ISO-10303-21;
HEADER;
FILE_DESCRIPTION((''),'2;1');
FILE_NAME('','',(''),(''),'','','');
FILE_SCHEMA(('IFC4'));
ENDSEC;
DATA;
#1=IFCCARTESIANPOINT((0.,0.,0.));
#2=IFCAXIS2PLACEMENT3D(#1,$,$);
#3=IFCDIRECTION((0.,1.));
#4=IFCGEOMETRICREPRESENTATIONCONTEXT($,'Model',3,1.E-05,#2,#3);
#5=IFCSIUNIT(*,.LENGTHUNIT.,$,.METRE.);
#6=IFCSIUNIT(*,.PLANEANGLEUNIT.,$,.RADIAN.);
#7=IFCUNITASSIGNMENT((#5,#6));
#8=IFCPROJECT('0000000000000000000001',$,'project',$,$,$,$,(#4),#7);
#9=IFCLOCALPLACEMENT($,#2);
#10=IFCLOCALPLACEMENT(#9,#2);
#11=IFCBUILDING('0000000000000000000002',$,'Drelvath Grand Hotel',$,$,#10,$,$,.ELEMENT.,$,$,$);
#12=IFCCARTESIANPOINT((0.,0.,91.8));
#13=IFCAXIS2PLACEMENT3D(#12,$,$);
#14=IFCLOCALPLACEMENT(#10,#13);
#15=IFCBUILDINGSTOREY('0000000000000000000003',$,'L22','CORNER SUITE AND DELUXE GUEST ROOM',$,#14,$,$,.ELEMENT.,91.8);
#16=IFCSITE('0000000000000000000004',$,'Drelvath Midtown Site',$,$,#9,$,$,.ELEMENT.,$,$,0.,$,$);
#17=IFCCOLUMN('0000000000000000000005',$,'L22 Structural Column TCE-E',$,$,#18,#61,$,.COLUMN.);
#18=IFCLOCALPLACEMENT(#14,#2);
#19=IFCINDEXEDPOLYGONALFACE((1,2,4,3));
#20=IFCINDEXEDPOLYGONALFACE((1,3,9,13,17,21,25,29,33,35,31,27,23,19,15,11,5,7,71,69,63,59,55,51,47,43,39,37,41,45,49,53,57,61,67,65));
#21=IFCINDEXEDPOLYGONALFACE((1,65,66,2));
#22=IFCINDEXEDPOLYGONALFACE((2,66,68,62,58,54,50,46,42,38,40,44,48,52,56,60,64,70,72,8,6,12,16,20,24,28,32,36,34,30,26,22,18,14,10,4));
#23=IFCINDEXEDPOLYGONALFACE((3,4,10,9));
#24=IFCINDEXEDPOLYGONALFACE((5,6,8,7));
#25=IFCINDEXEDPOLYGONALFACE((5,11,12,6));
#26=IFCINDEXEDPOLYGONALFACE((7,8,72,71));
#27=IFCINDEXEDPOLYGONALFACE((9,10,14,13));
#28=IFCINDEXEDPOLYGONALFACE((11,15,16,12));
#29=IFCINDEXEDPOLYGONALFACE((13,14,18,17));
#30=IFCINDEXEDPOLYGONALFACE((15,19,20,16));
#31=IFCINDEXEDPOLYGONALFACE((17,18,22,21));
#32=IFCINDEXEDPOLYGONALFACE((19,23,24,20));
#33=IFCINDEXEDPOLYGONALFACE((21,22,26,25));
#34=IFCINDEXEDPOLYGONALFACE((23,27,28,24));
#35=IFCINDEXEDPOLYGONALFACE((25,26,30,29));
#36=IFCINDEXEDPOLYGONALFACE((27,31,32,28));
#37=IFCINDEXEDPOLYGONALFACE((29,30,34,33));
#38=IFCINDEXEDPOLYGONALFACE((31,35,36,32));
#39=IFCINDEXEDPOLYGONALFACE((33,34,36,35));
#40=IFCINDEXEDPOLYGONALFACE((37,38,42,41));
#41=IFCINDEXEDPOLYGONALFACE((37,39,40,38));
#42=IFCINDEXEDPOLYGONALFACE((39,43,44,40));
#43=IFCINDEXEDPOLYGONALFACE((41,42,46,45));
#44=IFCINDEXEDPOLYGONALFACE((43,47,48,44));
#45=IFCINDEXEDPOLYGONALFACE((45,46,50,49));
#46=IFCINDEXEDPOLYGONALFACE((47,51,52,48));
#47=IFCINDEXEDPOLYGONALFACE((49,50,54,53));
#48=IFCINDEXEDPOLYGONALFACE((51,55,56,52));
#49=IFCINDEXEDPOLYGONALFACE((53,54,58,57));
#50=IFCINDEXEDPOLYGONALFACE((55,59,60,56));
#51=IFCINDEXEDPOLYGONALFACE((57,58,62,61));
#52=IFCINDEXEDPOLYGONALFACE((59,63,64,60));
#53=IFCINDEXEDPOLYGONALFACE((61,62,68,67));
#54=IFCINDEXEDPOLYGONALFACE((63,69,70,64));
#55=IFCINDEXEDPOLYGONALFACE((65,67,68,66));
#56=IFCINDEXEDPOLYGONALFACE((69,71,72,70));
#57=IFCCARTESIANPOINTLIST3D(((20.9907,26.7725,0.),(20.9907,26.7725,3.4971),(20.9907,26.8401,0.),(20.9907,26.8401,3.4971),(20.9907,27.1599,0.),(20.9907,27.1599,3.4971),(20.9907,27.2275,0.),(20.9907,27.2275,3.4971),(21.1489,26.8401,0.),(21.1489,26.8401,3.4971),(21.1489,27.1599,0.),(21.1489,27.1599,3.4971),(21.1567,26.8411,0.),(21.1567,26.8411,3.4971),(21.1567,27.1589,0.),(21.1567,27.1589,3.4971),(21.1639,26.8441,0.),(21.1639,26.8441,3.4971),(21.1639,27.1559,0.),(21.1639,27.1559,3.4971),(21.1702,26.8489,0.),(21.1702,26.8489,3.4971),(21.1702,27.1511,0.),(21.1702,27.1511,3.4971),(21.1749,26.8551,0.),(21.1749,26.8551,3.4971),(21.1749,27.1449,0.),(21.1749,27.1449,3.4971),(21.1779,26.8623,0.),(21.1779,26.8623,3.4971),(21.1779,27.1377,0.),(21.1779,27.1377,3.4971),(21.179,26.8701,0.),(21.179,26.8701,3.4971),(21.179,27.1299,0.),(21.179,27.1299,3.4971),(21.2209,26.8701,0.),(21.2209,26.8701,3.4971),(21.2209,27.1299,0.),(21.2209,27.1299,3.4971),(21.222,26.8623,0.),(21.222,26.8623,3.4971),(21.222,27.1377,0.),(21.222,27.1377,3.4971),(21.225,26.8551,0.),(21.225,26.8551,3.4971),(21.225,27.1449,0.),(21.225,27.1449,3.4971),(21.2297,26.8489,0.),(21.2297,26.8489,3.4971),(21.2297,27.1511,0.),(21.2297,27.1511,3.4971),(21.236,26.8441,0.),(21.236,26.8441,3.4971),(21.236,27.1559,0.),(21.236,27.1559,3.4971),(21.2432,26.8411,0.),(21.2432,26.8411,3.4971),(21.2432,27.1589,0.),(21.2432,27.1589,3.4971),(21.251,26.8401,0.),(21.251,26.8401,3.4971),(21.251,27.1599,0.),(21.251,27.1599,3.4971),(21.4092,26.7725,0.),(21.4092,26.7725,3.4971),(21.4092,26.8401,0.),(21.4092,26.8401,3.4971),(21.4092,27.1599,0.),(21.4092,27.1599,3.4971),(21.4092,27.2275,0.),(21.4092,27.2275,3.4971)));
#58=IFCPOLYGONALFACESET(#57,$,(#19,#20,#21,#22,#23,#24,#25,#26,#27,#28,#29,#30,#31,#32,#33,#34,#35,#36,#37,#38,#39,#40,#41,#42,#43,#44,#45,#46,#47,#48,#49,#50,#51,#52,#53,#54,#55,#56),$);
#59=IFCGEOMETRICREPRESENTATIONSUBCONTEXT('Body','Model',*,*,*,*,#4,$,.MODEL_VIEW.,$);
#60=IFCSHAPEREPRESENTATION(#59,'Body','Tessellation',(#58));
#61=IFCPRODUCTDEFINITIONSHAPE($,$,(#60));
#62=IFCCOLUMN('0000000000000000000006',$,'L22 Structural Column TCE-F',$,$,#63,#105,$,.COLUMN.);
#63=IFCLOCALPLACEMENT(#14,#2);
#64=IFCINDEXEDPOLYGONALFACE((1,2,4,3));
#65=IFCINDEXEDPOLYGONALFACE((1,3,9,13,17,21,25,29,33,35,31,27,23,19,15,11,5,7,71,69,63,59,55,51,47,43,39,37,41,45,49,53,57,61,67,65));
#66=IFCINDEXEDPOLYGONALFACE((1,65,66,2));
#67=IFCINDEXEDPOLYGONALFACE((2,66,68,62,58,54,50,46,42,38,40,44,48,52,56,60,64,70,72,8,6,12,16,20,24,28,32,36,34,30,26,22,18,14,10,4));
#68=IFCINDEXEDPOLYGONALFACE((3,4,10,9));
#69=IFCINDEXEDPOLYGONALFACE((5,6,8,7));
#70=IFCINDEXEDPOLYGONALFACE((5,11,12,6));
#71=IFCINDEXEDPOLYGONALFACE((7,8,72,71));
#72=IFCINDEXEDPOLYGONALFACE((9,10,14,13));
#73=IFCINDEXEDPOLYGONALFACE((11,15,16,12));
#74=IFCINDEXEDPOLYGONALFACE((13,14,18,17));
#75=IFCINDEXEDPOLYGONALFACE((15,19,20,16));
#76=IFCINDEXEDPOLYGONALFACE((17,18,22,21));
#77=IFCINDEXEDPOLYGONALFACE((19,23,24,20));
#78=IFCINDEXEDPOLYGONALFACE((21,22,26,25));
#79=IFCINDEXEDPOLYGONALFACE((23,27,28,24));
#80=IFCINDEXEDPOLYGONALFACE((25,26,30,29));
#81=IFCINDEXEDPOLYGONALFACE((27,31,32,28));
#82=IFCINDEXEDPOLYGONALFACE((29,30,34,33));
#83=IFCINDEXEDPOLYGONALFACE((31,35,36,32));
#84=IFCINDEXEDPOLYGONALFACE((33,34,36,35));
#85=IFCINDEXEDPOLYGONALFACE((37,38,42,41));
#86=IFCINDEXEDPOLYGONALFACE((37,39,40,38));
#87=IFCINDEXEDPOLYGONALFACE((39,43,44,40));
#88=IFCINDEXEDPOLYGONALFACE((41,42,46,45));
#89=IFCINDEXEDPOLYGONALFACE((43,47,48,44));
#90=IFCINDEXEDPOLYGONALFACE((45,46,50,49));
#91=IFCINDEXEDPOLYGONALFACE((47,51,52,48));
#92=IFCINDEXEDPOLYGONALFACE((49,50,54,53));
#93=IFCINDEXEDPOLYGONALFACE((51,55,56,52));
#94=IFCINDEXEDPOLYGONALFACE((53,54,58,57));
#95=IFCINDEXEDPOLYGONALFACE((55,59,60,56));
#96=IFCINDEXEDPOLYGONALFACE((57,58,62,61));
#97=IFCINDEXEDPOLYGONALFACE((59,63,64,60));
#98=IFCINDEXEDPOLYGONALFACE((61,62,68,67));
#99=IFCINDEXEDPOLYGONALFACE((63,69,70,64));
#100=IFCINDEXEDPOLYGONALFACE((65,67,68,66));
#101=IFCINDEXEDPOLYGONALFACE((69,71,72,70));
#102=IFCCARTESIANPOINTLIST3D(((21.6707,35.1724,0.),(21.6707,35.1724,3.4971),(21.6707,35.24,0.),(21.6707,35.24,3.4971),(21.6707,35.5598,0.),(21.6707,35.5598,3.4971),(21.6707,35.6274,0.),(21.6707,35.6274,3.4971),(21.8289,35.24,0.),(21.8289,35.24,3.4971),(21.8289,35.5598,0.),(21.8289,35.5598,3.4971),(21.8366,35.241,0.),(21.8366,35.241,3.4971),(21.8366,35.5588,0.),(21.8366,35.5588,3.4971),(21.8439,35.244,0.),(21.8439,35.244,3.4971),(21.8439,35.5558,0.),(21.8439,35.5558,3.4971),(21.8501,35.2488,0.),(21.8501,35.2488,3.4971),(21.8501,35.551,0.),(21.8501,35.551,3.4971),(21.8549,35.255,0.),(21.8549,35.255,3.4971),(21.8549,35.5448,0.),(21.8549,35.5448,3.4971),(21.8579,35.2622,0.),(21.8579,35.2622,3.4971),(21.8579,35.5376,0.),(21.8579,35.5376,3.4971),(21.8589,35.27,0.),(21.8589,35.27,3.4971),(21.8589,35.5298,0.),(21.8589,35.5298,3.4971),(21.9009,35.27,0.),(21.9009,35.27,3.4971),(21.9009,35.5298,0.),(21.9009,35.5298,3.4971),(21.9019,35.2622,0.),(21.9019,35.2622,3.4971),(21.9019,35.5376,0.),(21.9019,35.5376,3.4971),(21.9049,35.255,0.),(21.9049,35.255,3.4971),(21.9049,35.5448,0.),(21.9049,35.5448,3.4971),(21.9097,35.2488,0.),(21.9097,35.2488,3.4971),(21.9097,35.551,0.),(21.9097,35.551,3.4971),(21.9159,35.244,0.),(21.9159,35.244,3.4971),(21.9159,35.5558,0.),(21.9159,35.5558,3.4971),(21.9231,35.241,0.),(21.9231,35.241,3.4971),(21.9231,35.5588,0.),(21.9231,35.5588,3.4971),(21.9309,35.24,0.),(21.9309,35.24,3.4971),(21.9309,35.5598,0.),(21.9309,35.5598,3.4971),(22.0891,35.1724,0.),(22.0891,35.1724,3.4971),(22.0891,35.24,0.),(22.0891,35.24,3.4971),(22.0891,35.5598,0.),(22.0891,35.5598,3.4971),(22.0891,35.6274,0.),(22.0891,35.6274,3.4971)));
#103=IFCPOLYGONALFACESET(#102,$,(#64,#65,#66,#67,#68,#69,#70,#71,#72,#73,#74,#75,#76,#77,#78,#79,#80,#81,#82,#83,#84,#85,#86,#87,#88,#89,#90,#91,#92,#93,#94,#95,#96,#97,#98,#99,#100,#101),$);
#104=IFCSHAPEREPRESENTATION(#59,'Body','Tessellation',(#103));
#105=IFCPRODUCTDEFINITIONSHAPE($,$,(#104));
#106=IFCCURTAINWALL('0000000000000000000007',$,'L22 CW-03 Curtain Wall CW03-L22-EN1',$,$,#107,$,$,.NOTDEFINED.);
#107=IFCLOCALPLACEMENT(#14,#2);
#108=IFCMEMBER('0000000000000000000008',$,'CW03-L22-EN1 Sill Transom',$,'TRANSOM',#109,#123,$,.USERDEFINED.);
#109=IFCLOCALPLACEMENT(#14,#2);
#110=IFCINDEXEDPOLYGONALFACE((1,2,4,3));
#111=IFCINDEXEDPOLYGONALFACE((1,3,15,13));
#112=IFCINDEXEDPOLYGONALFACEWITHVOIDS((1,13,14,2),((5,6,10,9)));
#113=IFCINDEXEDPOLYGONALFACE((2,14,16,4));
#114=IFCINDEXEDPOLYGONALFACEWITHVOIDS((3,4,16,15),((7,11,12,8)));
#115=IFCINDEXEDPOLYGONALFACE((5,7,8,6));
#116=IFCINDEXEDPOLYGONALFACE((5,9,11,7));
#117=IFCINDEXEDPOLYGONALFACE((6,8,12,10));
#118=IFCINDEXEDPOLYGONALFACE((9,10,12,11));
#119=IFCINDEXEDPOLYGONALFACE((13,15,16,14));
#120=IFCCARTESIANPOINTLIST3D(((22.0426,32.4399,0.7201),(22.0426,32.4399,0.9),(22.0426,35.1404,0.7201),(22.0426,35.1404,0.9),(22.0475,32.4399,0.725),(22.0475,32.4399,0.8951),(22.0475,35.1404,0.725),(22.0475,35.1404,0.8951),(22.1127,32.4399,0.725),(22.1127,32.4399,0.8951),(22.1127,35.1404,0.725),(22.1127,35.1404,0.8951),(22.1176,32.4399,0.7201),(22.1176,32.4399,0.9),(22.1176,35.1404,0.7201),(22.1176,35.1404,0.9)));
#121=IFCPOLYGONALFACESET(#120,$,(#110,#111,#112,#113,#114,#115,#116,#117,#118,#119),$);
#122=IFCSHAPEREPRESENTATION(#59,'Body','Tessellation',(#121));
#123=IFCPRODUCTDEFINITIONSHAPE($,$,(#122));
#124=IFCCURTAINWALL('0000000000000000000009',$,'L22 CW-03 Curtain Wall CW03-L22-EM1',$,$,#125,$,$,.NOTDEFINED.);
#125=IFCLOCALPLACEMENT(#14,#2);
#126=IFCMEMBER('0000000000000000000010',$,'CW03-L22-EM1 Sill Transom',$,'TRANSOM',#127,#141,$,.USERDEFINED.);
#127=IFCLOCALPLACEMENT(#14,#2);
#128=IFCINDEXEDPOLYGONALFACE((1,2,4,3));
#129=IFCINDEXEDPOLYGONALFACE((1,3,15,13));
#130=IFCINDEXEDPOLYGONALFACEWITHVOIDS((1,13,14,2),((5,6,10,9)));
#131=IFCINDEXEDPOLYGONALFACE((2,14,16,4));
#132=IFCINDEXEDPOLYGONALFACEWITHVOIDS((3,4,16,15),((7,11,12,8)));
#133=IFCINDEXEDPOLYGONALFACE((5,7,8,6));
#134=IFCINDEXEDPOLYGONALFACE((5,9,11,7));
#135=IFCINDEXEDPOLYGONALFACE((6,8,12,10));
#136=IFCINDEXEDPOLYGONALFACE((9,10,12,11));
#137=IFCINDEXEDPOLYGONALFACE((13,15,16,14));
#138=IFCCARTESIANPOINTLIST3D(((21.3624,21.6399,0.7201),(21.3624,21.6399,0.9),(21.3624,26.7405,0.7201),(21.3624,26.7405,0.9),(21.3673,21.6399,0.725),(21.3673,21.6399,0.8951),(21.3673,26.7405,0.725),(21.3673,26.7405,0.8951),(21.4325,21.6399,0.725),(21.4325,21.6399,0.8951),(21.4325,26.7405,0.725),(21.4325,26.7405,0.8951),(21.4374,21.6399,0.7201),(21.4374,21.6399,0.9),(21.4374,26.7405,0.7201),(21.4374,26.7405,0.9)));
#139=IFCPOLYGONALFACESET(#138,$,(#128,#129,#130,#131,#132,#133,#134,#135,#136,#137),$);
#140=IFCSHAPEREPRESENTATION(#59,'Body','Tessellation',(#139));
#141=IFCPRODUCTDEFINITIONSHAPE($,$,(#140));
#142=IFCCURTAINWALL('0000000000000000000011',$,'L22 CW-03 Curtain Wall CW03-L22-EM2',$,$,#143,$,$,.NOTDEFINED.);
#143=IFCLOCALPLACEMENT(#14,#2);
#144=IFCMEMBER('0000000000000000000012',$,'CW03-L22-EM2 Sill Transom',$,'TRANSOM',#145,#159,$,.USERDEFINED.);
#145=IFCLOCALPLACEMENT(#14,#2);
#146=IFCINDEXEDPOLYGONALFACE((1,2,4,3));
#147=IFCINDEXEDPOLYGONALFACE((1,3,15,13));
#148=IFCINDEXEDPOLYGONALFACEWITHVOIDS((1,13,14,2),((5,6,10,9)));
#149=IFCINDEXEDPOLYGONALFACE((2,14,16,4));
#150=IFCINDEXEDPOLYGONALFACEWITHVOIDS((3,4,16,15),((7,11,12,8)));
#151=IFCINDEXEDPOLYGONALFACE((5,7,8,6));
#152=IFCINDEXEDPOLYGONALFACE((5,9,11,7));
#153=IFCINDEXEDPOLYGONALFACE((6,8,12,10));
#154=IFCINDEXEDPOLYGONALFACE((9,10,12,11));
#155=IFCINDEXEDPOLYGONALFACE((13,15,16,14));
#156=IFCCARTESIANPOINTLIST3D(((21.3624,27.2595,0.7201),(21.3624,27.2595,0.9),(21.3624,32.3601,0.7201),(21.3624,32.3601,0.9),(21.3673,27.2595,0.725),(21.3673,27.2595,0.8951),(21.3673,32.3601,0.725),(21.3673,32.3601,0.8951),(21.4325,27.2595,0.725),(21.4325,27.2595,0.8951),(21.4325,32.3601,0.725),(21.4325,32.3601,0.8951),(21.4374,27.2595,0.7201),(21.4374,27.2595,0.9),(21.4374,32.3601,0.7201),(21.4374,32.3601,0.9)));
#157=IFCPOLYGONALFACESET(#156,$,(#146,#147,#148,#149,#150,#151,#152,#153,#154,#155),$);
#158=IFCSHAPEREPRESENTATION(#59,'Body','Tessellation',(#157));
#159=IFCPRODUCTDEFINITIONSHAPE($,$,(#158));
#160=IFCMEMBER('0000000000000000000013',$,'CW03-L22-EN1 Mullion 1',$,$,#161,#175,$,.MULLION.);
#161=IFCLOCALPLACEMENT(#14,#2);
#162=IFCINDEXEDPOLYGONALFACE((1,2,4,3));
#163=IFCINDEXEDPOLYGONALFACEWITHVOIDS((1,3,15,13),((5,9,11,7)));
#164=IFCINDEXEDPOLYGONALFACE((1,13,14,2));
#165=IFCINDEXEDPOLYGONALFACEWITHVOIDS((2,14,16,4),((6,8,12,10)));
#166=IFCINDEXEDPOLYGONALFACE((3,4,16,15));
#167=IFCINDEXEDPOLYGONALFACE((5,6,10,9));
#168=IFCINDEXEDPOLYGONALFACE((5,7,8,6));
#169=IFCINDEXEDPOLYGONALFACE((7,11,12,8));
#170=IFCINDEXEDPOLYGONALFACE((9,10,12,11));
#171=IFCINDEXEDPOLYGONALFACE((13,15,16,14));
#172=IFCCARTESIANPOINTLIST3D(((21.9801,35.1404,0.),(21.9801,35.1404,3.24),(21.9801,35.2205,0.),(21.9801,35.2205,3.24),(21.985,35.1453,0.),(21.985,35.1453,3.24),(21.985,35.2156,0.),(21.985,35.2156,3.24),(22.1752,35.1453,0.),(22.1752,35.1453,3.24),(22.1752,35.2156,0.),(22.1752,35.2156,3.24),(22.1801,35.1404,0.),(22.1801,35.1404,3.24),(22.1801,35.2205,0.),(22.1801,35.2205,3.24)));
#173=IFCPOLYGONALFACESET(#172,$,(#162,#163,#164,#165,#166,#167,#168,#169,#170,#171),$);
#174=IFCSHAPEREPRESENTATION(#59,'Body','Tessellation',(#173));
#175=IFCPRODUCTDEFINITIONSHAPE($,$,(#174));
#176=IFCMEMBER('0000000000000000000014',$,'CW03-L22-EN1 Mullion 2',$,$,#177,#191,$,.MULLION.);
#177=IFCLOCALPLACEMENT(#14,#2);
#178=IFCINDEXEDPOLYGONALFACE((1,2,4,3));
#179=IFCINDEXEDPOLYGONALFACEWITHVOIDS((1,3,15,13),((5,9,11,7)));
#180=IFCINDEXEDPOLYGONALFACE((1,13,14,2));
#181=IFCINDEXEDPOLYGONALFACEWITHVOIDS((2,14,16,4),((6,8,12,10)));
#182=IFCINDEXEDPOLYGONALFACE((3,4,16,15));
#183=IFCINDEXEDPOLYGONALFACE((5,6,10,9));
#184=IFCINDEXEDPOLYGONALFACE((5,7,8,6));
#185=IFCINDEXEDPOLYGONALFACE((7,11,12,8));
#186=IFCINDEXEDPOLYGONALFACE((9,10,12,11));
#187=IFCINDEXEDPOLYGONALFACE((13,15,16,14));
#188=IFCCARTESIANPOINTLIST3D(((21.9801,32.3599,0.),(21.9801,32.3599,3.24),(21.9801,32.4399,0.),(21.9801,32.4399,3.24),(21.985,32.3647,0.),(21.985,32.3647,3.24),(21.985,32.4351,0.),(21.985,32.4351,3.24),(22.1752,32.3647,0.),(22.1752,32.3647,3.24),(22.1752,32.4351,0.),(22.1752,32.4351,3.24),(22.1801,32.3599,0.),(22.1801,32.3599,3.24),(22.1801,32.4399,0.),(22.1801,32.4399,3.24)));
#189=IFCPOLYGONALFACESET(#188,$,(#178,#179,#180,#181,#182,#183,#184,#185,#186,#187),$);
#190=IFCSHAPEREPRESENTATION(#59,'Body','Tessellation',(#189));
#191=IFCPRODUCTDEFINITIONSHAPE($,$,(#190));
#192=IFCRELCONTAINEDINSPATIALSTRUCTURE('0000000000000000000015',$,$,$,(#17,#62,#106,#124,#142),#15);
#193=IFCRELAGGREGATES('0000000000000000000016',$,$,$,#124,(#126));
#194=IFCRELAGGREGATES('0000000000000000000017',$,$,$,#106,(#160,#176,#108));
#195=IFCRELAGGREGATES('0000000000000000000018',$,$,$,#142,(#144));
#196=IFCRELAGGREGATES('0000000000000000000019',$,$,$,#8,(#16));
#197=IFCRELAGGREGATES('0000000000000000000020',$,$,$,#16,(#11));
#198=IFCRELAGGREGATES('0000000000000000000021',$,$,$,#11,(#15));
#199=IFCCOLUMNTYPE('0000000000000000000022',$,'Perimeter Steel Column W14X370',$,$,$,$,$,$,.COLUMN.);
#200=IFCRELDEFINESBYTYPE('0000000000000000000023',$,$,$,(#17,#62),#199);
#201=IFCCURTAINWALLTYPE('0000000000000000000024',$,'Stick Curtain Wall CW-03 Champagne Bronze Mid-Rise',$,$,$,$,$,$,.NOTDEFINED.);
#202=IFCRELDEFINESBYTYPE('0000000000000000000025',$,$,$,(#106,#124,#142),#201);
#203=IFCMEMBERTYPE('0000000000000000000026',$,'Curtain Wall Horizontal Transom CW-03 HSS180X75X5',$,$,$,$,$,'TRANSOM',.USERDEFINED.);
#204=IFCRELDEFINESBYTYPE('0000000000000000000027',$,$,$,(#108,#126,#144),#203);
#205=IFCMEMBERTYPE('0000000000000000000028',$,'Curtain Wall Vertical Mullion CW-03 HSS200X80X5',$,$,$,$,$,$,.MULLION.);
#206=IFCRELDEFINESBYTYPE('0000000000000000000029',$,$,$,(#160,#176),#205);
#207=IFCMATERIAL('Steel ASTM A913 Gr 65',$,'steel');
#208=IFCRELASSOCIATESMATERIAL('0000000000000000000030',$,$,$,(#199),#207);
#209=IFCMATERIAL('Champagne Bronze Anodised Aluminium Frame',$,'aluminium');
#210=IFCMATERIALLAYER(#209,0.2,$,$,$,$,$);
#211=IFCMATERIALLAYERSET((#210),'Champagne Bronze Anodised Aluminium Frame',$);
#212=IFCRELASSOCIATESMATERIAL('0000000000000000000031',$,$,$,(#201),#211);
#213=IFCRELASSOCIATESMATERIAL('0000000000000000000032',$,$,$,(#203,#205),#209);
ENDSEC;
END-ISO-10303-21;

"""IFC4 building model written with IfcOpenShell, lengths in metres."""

from ifc_helpers import new_model, si_unit, direction, frame, origin, origin_2d, place, context, subcontext, project, spatial, hollow_rectangle, i_section, extrude, material, layer, layer_set, material_profile, profile_set, type_object, element, aggregate, save


model = new_model("IFC4")

# Units and contexts
model_context = context("Model", 3, precision=1e-05, world=origin(), true_north=direction((0.0, 1.0)))
body_context = subcontext(model_context, "Body", "Model", "MODEL_VIEW")
ifc_project = project(units=[si_unit("LENGTHUNIT", "METRE"), si_unit("PLANEANGLEUNIT", "RADIAN")], contexts=[model_context])

# Site, building, storey
site_placement = place(None, origin())
site = spatial("IfcSite", under=ifc_project, at=site_placement, Name="Drelvath Midtown Site", CompositionType="ELEMENT", RefElevation=0.0)
building_placement = place(site_placement, origin())
building = spatial("IfcBuilding", under=site, at=building_placement, Name="Drelvath Grand Hotel", CompositionType="ELEMENT")
storey_placement = place(building_placement, frame((0.0, 0.0, 91.8)))
storey = spatial("IfcBuildingStorey", under=building, at=storey_placement, Name="L22", Description="CORNER SUITE AND DELUXE GUEST ROOM", CompositionType="ELEMENT", Elevation=91.8)

# Columns
ifc_material_1 = material(Name="Steel ASTM A913 Gr 65", Category="steel")
ifc_material_profile_1 = material_profile(ifc_material_1, i_section(OverallWidth=0.4185, OverallDepth=0.4551, WebThickness=0.042, FlangeThickness=0.0676, FilletRadius=0.03, at=origin_2d()), Name="W14X370")
ifc_profile_set_1 = profile_set([ifc_material_profile_1], Name="Steel ASTM A913 Gr 65")
column_type = type_object("IfcColumnType", Name="Perimeter Steel Column W14X370", PredefinedType="COLUMN", material=ifc_profile_set_1)
for number, where, z_axis, x_axis, name in (
    (1, (21.2, 27.0, 0.0), (0.0, 0.0, 1.0), (1.0, 0.0, 0.0), "L22 Structural Column TCE-E"),
    (2, (21.8799, 35.3999, 0.0), (0.0, 0.0, 1.0), (1.0, 0.0, 0.0), "L22 Structural Column TCE-F"),
):
    element("IfcColumn", number, at=place(storey_placement, frame(where, z_axis=z_axis, x_axis=x_axis)), inside=storey, type_object=column_type, Name=name, PredefinedType="COLUMN", context=body_context, shape_type="SweptSolid", body=[
        extrude(i_section(OverallWidth=0.4185, OverallDepth=0.4551, WebThickness=0.042, FlangeThickness=0.0676, FilletRadius=0.03, at=origin_2d()), origin(), (0.0, 0.0, 1.0), 3.4971),
    ])

# Curtain walls, members
ifc_material_2 = material(Name="Champagne Bronze Anodised Aluminium Frame", Category="aluminium")
ifc_layer_1 = layer(ifc_material_2, 0.2)
ifc_layer_set_1 = layer_set([ifc_layer_1], Name="Champagne Bronze Anodised Aluminium Frame")
curtain_wall_type = type_object("IfcCurtainWallType", Name="Stick Curtain Wall CW-03 Champagne Bronze Mid-Rise", PredefinedType="NOTDEFINED", material=ifc_layer_set_1)
curtain_wall_1_placement = place(storey_placement, origin())
curtain_wall_1 = element("IfcCurtainWall", 3, at=curtain_wall_1_placement, inside=storey, type_object=curtain_wall_type, Name="L22 CW-03 Curtain Wall CW03-L22-EN1", PredefinedType="NOTDEFINED")
ifc_material_profile_2 = material_profile(ifc_material_2, hollow_rectangle(XDim=0.075, YDim=0.1799, WallThickness=0.0049, at=origin_2d()), Name="HSS180X75X5")
ifc_profile_set_2 = profile_set([ifc_material_profile_2], Name="Champagne Bronze Anodised Aluminium Frame")
member_type_1 = type_object("IfcMemberType", Name="Curtain Wall Horizontal Transom CW-03 HSS180X75X5", ElementType="TRANSOM", PredefinedType="USERDEFINED", material=ifc_profile_set_2)
member_1_placement = place(storey_placement, frame((22.0801, 35.1404, 0.8101), z_axis=(0.0, -1.0, 0.0), x_axis=(1.0, 0.0, 0.0)))
member_1 = element("IfcMember", 4, at=member_1_placement, type_object=member_type_1, Name="CW03-L22-EN1 Sill Transom", ObjectType="TRANSOM", PredefinedType="USERDEFINED", context=body_context, shape_type="SweptSolid", body=[
    extrude(hollow_rectangle(XDim=0.075, YDim=0.1799, WallThickness=0.0049, at=origin_2d()), origin(), (0.0, 0.0, 1.0), 2.7004),
])
curtain_wall_2_placement = place(storey_placement, origin())
curtain_wall_2 = element("IfcCurtainWall", 5, at=curtain_wall_2_placement, inside=storey, type_object=curtain_wall_type, Name="L22 CW-03 Curtain Wall CW03-L22-EM1", PredefinedType="NOTDEFINED")
member_2_placement = place(storey_placement, frame((21.3999, 26.7405, 0.8101), z_axis=(0.0, -1.0, 0.0), x_axis=(1.0, 0.0, 0.0)))
member_2 = element("IfcMember", 6, at=member_2_placement, type_object=member_type_1, Name="CW03-L22-EM1 Sill Transom", ObjectType="TRANSOM", PredefinedType="USERDEFINED", context=body_context, shape_type="SweptSolid", body=[
    extrude(hollow_rectangle(XDim=0.075, YDim=0.1799, WallThickness=0.0049, at=origin_2d()), origin(), (0.0, 0.0, 1.0), 5.1006),
])
curtain_wall_3_placement = place(storey_placement, origin())
curtain_wall_3 = element("IfcCurtainWall", 7, at=curtain_wall_3_placement, inside=storey, type_object=curtain_wall_type, Name="L22 CW-03 Curtain Wall CW03-L22-EM2", PredefinedType="NOTDEFINED")
member_3_placement = place(storey_placement, frame((21.3999, 32.3601, 0.8101), z_axis=(0.0, -1.0, 0.0), x_axis=(1.0, 0.0, 0.0)))
member_3 = element("IfcMember", 8, at=member_3_placement, type_object=member_type_1, Name="CW03-L22-EM2 Sill Transom", ObjectType="TRANSOM", PredefinedType="USERDEFINED", context=body_context, shape_type="SweptSolid", body=[
    extrude(hollow_rectangle(XDim=0.075, YDim=0.1799, WallThickness=0.0049, at=origin_2d()), origin(), (0.0, 0.0, 1.0), 5.1006),
])

# Members
ifc_material_profile_3 = material_profile(ifc_material_2, hollow_rectangle(XDim=0.0801, YDim=0.2, WallThickness=0.0049, at=origin_2d()), Name="HSS200X80X5")
ifc_profile_set_3 = profile_set([ifc_material_profile_3], Name="Champagne Bronze Anodised Aluminium Frame")
member_type_2 = type_object("IfcMemberType", Name="Curtain Wall Vertical Mullion CW-03 HSS200X80X5", PredefinedType="MULLION", material=ifc_profile_set_3)
member_4_placement = place(storey_placement, frame((22.0801, 35.1804, 0.0), z_axis=(0.0, 0.0, 1.0), x_axis=(0.0, 1.0, 0.0)))
member_4 = element("IfcMember", 9, at=member_4_placement, type_object=member_type_2, Name="CW03-L22-EN1 Mullion 1", PredefinedType="MULLION", context=body_context, shape_type="SweptSolid", body=[
    extrude(hollow_rectangle(XDim=0.0801, YDim=0.2, WallThickness=0.0049, at=origin_2d()), origin(), (0.0, 0.0, 1.0), 3.24),
])
member_5_placement = place(storey_placement, frame((22.0801, 32.3999, 0.0), z_axis=(0.0, 0.0, 1.0), x_axis=(0.0, 1.0, 0.0)))
member_5 = element("IfcMember", 10, at=member_5_placement, type_object=member_type_2, Name="CW03-L22-EN1 Mullion 2", PredefinedType="MULLION", context=body_context, shape_type="SweptSolid", body=[
    extrude(hollow_rectangle(XDim=0.0801, YDim=0.2, WallThickness=0.0049, at=origin_2d()), origin(), (0.0, 0.0, 1.0), 3.24),
])

aggregate(curtain_wall_2, [member_2])

aggregate(curtain_wall_1, [member_4, member_5, member_1])
aggregate(curtain_wall_3, [member_3])

save(model, "model.ifc")
